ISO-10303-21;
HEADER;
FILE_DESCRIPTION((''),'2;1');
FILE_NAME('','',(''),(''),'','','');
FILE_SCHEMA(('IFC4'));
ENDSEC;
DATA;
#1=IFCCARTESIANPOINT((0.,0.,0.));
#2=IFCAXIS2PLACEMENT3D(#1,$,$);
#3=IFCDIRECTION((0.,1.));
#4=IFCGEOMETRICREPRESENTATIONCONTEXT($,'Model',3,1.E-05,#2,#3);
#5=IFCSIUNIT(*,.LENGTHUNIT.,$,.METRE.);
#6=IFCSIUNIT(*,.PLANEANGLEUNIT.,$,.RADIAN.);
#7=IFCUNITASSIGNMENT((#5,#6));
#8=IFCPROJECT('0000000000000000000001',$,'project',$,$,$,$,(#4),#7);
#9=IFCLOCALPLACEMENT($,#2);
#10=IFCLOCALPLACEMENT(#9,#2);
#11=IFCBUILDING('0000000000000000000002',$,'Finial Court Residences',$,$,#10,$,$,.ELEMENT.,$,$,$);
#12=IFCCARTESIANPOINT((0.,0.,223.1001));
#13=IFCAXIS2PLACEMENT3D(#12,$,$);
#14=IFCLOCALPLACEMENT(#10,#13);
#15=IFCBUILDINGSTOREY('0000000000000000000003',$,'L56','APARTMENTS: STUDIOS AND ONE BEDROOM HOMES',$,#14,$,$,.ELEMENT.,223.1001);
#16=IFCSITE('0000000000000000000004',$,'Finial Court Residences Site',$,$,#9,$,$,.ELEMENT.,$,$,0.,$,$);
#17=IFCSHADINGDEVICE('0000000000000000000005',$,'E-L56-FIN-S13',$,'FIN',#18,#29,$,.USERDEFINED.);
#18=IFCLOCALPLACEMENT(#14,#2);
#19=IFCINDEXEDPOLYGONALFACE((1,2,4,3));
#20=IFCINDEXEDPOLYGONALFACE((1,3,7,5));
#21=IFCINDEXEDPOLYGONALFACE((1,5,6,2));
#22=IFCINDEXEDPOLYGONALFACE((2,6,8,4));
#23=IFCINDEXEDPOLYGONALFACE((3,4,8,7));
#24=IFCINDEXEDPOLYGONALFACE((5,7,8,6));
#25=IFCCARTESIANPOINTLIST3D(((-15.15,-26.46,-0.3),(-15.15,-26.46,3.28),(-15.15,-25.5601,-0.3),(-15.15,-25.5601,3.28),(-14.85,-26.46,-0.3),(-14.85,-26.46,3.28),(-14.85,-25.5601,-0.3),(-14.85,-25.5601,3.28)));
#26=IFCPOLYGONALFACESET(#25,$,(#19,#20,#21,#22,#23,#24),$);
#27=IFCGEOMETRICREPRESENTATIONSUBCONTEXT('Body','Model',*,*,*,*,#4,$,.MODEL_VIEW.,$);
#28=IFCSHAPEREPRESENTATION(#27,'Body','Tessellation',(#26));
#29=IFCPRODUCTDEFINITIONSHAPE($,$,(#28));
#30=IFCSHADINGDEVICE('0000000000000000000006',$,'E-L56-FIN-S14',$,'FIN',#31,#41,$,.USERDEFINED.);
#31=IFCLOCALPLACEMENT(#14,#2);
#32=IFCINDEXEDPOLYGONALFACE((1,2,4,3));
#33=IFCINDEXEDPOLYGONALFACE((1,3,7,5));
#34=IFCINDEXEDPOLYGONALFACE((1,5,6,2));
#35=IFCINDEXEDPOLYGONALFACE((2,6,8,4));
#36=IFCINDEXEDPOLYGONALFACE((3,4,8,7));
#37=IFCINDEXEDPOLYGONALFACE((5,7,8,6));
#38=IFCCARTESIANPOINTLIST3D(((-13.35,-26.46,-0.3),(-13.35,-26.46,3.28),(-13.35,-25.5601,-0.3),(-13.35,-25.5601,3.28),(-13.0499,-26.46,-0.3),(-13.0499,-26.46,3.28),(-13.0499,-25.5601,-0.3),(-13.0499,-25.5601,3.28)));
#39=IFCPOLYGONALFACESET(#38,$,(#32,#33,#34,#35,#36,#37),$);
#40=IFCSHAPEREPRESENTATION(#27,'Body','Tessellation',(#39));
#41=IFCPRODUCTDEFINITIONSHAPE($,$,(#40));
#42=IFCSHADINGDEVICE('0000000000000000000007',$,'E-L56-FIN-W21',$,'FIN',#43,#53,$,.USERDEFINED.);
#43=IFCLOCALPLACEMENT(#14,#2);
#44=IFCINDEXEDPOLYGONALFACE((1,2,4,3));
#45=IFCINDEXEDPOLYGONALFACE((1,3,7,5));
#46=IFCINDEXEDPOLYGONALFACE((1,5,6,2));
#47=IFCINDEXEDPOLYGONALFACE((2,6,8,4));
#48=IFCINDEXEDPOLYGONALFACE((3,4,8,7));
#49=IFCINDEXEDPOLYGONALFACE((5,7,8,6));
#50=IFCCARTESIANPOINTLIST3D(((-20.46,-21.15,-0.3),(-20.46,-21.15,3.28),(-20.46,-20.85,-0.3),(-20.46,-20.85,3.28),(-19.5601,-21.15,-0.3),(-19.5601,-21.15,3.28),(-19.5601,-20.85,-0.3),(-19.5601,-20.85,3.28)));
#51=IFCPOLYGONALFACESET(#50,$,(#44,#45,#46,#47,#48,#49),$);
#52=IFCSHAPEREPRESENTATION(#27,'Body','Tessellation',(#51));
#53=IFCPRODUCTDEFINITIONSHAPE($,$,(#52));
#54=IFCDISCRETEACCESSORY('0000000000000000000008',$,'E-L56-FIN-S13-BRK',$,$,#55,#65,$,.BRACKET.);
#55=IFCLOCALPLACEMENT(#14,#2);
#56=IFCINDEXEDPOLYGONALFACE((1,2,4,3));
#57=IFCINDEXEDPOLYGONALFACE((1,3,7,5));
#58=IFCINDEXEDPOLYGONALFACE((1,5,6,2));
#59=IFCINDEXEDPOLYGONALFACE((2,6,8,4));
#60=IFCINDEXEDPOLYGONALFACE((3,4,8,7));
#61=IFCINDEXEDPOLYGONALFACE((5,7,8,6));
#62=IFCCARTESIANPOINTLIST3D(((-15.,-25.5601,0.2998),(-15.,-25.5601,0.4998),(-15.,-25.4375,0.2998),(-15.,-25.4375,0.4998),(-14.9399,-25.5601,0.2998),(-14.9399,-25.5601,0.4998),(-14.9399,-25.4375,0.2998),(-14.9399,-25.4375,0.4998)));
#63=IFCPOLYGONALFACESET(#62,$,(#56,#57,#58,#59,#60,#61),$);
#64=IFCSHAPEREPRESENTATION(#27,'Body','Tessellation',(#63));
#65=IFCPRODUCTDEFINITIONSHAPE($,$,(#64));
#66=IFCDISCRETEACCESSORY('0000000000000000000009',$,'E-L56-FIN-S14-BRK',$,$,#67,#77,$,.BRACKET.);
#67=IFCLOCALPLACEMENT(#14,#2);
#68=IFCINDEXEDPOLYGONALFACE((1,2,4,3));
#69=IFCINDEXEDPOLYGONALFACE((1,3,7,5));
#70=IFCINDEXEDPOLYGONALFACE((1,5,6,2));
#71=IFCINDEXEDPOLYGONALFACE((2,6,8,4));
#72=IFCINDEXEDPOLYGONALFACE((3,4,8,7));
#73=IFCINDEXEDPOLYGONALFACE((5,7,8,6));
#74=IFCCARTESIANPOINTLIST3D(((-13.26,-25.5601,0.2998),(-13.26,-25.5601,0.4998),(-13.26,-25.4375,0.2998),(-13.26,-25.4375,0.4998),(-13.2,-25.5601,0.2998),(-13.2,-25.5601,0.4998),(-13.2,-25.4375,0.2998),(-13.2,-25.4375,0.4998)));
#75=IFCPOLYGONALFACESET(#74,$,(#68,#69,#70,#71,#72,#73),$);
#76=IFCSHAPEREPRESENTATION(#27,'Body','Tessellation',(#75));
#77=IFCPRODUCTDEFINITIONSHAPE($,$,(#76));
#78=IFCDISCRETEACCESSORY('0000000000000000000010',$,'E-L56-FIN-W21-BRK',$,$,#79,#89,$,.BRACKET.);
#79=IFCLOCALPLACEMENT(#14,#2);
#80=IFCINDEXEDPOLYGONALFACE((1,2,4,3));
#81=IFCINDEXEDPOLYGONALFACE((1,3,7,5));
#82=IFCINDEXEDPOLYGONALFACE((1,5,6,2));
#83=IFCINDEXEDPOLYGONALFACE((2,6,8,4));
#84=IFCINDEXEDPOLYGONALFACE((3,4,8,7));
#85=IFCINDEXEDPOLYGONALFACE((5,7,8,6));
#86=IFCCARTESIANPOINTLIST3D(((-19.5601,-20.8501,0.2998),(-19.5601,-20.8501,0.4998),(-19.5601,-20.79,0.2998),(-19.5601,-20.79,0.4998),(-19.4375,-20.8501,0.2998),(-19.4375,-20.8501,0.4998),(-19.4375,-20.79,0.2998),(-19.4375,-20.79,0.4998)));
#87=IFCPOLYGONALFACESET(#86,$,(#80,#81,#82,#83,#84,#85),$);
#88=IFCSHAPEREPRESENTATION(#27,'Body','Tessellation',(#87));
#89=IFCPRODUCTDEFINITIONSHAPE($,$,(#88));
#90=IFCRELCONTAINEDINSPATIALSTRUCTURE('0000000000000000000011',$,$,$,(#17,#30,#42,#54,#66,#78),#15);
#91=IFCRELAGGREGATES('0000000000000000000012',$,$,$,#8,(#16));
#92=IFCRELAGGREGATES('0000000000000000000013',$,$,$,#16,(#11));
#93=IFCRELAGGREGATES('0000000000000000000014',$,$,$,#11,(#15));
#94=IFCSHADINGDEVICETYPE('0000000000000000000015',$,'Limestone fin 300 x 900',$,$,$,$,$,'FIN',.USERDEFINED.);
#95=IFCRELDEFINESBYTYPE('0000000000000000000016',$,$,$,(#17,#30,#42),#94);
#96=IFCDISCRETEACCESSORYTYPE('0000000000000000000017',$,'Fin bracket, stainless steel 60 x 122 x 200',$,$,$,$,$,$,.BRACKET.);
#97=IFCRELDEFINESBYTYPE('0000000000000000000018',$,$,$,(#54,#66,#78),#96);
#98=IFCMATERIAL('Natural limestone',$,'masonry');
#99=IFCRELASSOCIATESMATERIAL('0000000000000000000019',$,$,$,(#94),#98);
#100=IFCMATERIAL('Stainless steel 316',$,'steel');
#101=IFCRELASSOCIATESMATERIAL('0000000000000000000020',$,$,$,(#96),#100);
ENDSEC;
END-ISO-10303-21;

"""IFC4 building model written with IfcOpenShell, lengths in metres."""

from ifc_helpers import new_model, si_unit, direction, frame, origin, origin_2d, place, context, subcontext, project, spatial, rectangle, extrude, material, type_object, element, save


model = new_model("IFC4")

# Units and contexts
model_context = context("Model", 3, precision=1e-05, world=origin(), true_north=direction((0.0, 1.0)))
body_context = subcontext(model_context, "Body", "Model", "MODEL_VIEW")
ifc_project = project(units=[si_unit("LENGTHUNIT", "METRE"), si_unit("PLANEANGLEUNIT", "RADIAN")], contexts=[model_context])

# Site, building, storey
site_placement = place(None, origin())
site = spatial("IfcSite", under=ifc_project, at=site_placement, Name="Finial Court Residences Site", CompositionType="ELEMENT", RefElevation=0.0)
building_placement = place(site_placement, origin())
building = spatial("IfcBuilding", under=site, at=building_placement, Name="Finial Court Residences", CompositionType="ELEMENT")
storey_placement = place(building_placement, frame((0.0, 0.0, 223.1001)))
storey = spatial("IfcBuildingStorey", under=building, at=storey_placement, Name="L56", Description="APARTMENTS: STUDIOS AND ONE BEDROOM HOMES", CompositionType="ELEMENT", Elevation=223.1001)

# Shared definitions
ifc_material_1 = material(Name="Natural limestone", Category="masonry")

# Shading devices
shading_device_type = type_object("IfcShadingDeviceType", Name="Limestone fin 300 x 900", ElementType="FIN", PredefinedType="USERDEFINED", material=ifc_material_1)
for number, where, z_axis, x_axis, name in (
    (1, (-15.0, -26.01, -0.3), (0.0, 0.0, 1.0), (1.0, 0.0, 0.0), "E-L56-FIN-S13"),
    (2, (-13.2, -26.01, -0.3), (0.0, 0.0, 1.0), (1.0, 0.0, 0.0), "E-L56-FIN-S14"),
):
    element("IfcShadingDevice", number, at=place(storey_placement, frame(where, z_axis=z_axis, x_axis=x_axis)), inside=storey, type_object=shading_device_type, Name=name, ObjectType="FIN", PredefinedType="USERDEFINED", context=body_context, shape_type="SweptSolid", body=[
        extrude(rectangle(XDim=0.3, YDim=0.8999, at=origin_2d()), origin(), (0.0, 0.0, 1.0), 3.5801),
    ])
shading_device_placement = place(storey_placement, frame((-20.01, -21.0, -0.3), z_axis=(0.0, 0.0, 1.0), x_axis=(1.0, 0.0, 0.0)))
element("IfcShadingDevice", 3, at=shading_device_placement, inside=storey, type_object=shading_device_type, Name="E-L56-FIN-W21", ObjectType="FIN", PredefinedType="USERDEFINED", context=body_context, shape_type="SweptSolid", body=[
    extrude(rectangle(XDim=0.8999, YDim=0.3, at=origin_2d()), origin(), (0.0, 0.0, 1.0), 3.5801),
])

# Discrete accessories
ifc_material_2 = material(Name="Stainless steel 316", Category="steel")
discrete_accessory_type = type_object("IfcDiscreteAccessoryType", Name="Fin bracket, stainless steel 60 x 122 x 200", PredefinedType="BRACKET", material=ifc_material_2)
for number, where, z_axis, x_axis, name in (
    (4, (-14.97, -25.4988, 0.2998), (0.0, 0.0, 1.0), (1.0, 0.0, 0.0), "E-L56-FIN-S13-BRK"),
    (5, (-13.23, -25.4988, 0.2998), (0.0, 0.0, 1.0), (1.0, 0.0, 0.0), "E-L56-FIN-S14-BRK"),
):
    element("IfcDiscreteAccessory", number, at=place(storey_placement, frame(where, z_axis=z_axis, x_axis=x_axis)), inside=storey, type_object=discrete_accessory_type, Name=name, PredefinedType="BRACKET", context=body_context, shape_type="SweptSolid", body=[
        extrude(rectangle(XDim=0.0601, YDim=0.1226, at=origin_2d()), origin(), (0.0, 0.0, 1.0), 0.2),
    ])
discrete_accessory_placement = place(storey_placement, frame((-19.4988, -20.8201, 0.2998), z_axis=(0.0, 0.0, 1.0), x_axis=(1.0, 0.0, 0.0)))
element("IfcDiscreteAccessory", 6, at=discrete_accessory_placement, inside=storey, type_object=discrete_accessory_type, Name="E-L56-FIN-W21-BRK", PredefinedType="BRACKET", context=body_context, shape_type="SweptSolid", body=[
    extrude(rectangle(XDim=0.1226, YDim=0.0601, at=origin_2d()), origin(), (0.0, 0.0, 1.0), 0.2),
])

save(model, "model.ifc")
